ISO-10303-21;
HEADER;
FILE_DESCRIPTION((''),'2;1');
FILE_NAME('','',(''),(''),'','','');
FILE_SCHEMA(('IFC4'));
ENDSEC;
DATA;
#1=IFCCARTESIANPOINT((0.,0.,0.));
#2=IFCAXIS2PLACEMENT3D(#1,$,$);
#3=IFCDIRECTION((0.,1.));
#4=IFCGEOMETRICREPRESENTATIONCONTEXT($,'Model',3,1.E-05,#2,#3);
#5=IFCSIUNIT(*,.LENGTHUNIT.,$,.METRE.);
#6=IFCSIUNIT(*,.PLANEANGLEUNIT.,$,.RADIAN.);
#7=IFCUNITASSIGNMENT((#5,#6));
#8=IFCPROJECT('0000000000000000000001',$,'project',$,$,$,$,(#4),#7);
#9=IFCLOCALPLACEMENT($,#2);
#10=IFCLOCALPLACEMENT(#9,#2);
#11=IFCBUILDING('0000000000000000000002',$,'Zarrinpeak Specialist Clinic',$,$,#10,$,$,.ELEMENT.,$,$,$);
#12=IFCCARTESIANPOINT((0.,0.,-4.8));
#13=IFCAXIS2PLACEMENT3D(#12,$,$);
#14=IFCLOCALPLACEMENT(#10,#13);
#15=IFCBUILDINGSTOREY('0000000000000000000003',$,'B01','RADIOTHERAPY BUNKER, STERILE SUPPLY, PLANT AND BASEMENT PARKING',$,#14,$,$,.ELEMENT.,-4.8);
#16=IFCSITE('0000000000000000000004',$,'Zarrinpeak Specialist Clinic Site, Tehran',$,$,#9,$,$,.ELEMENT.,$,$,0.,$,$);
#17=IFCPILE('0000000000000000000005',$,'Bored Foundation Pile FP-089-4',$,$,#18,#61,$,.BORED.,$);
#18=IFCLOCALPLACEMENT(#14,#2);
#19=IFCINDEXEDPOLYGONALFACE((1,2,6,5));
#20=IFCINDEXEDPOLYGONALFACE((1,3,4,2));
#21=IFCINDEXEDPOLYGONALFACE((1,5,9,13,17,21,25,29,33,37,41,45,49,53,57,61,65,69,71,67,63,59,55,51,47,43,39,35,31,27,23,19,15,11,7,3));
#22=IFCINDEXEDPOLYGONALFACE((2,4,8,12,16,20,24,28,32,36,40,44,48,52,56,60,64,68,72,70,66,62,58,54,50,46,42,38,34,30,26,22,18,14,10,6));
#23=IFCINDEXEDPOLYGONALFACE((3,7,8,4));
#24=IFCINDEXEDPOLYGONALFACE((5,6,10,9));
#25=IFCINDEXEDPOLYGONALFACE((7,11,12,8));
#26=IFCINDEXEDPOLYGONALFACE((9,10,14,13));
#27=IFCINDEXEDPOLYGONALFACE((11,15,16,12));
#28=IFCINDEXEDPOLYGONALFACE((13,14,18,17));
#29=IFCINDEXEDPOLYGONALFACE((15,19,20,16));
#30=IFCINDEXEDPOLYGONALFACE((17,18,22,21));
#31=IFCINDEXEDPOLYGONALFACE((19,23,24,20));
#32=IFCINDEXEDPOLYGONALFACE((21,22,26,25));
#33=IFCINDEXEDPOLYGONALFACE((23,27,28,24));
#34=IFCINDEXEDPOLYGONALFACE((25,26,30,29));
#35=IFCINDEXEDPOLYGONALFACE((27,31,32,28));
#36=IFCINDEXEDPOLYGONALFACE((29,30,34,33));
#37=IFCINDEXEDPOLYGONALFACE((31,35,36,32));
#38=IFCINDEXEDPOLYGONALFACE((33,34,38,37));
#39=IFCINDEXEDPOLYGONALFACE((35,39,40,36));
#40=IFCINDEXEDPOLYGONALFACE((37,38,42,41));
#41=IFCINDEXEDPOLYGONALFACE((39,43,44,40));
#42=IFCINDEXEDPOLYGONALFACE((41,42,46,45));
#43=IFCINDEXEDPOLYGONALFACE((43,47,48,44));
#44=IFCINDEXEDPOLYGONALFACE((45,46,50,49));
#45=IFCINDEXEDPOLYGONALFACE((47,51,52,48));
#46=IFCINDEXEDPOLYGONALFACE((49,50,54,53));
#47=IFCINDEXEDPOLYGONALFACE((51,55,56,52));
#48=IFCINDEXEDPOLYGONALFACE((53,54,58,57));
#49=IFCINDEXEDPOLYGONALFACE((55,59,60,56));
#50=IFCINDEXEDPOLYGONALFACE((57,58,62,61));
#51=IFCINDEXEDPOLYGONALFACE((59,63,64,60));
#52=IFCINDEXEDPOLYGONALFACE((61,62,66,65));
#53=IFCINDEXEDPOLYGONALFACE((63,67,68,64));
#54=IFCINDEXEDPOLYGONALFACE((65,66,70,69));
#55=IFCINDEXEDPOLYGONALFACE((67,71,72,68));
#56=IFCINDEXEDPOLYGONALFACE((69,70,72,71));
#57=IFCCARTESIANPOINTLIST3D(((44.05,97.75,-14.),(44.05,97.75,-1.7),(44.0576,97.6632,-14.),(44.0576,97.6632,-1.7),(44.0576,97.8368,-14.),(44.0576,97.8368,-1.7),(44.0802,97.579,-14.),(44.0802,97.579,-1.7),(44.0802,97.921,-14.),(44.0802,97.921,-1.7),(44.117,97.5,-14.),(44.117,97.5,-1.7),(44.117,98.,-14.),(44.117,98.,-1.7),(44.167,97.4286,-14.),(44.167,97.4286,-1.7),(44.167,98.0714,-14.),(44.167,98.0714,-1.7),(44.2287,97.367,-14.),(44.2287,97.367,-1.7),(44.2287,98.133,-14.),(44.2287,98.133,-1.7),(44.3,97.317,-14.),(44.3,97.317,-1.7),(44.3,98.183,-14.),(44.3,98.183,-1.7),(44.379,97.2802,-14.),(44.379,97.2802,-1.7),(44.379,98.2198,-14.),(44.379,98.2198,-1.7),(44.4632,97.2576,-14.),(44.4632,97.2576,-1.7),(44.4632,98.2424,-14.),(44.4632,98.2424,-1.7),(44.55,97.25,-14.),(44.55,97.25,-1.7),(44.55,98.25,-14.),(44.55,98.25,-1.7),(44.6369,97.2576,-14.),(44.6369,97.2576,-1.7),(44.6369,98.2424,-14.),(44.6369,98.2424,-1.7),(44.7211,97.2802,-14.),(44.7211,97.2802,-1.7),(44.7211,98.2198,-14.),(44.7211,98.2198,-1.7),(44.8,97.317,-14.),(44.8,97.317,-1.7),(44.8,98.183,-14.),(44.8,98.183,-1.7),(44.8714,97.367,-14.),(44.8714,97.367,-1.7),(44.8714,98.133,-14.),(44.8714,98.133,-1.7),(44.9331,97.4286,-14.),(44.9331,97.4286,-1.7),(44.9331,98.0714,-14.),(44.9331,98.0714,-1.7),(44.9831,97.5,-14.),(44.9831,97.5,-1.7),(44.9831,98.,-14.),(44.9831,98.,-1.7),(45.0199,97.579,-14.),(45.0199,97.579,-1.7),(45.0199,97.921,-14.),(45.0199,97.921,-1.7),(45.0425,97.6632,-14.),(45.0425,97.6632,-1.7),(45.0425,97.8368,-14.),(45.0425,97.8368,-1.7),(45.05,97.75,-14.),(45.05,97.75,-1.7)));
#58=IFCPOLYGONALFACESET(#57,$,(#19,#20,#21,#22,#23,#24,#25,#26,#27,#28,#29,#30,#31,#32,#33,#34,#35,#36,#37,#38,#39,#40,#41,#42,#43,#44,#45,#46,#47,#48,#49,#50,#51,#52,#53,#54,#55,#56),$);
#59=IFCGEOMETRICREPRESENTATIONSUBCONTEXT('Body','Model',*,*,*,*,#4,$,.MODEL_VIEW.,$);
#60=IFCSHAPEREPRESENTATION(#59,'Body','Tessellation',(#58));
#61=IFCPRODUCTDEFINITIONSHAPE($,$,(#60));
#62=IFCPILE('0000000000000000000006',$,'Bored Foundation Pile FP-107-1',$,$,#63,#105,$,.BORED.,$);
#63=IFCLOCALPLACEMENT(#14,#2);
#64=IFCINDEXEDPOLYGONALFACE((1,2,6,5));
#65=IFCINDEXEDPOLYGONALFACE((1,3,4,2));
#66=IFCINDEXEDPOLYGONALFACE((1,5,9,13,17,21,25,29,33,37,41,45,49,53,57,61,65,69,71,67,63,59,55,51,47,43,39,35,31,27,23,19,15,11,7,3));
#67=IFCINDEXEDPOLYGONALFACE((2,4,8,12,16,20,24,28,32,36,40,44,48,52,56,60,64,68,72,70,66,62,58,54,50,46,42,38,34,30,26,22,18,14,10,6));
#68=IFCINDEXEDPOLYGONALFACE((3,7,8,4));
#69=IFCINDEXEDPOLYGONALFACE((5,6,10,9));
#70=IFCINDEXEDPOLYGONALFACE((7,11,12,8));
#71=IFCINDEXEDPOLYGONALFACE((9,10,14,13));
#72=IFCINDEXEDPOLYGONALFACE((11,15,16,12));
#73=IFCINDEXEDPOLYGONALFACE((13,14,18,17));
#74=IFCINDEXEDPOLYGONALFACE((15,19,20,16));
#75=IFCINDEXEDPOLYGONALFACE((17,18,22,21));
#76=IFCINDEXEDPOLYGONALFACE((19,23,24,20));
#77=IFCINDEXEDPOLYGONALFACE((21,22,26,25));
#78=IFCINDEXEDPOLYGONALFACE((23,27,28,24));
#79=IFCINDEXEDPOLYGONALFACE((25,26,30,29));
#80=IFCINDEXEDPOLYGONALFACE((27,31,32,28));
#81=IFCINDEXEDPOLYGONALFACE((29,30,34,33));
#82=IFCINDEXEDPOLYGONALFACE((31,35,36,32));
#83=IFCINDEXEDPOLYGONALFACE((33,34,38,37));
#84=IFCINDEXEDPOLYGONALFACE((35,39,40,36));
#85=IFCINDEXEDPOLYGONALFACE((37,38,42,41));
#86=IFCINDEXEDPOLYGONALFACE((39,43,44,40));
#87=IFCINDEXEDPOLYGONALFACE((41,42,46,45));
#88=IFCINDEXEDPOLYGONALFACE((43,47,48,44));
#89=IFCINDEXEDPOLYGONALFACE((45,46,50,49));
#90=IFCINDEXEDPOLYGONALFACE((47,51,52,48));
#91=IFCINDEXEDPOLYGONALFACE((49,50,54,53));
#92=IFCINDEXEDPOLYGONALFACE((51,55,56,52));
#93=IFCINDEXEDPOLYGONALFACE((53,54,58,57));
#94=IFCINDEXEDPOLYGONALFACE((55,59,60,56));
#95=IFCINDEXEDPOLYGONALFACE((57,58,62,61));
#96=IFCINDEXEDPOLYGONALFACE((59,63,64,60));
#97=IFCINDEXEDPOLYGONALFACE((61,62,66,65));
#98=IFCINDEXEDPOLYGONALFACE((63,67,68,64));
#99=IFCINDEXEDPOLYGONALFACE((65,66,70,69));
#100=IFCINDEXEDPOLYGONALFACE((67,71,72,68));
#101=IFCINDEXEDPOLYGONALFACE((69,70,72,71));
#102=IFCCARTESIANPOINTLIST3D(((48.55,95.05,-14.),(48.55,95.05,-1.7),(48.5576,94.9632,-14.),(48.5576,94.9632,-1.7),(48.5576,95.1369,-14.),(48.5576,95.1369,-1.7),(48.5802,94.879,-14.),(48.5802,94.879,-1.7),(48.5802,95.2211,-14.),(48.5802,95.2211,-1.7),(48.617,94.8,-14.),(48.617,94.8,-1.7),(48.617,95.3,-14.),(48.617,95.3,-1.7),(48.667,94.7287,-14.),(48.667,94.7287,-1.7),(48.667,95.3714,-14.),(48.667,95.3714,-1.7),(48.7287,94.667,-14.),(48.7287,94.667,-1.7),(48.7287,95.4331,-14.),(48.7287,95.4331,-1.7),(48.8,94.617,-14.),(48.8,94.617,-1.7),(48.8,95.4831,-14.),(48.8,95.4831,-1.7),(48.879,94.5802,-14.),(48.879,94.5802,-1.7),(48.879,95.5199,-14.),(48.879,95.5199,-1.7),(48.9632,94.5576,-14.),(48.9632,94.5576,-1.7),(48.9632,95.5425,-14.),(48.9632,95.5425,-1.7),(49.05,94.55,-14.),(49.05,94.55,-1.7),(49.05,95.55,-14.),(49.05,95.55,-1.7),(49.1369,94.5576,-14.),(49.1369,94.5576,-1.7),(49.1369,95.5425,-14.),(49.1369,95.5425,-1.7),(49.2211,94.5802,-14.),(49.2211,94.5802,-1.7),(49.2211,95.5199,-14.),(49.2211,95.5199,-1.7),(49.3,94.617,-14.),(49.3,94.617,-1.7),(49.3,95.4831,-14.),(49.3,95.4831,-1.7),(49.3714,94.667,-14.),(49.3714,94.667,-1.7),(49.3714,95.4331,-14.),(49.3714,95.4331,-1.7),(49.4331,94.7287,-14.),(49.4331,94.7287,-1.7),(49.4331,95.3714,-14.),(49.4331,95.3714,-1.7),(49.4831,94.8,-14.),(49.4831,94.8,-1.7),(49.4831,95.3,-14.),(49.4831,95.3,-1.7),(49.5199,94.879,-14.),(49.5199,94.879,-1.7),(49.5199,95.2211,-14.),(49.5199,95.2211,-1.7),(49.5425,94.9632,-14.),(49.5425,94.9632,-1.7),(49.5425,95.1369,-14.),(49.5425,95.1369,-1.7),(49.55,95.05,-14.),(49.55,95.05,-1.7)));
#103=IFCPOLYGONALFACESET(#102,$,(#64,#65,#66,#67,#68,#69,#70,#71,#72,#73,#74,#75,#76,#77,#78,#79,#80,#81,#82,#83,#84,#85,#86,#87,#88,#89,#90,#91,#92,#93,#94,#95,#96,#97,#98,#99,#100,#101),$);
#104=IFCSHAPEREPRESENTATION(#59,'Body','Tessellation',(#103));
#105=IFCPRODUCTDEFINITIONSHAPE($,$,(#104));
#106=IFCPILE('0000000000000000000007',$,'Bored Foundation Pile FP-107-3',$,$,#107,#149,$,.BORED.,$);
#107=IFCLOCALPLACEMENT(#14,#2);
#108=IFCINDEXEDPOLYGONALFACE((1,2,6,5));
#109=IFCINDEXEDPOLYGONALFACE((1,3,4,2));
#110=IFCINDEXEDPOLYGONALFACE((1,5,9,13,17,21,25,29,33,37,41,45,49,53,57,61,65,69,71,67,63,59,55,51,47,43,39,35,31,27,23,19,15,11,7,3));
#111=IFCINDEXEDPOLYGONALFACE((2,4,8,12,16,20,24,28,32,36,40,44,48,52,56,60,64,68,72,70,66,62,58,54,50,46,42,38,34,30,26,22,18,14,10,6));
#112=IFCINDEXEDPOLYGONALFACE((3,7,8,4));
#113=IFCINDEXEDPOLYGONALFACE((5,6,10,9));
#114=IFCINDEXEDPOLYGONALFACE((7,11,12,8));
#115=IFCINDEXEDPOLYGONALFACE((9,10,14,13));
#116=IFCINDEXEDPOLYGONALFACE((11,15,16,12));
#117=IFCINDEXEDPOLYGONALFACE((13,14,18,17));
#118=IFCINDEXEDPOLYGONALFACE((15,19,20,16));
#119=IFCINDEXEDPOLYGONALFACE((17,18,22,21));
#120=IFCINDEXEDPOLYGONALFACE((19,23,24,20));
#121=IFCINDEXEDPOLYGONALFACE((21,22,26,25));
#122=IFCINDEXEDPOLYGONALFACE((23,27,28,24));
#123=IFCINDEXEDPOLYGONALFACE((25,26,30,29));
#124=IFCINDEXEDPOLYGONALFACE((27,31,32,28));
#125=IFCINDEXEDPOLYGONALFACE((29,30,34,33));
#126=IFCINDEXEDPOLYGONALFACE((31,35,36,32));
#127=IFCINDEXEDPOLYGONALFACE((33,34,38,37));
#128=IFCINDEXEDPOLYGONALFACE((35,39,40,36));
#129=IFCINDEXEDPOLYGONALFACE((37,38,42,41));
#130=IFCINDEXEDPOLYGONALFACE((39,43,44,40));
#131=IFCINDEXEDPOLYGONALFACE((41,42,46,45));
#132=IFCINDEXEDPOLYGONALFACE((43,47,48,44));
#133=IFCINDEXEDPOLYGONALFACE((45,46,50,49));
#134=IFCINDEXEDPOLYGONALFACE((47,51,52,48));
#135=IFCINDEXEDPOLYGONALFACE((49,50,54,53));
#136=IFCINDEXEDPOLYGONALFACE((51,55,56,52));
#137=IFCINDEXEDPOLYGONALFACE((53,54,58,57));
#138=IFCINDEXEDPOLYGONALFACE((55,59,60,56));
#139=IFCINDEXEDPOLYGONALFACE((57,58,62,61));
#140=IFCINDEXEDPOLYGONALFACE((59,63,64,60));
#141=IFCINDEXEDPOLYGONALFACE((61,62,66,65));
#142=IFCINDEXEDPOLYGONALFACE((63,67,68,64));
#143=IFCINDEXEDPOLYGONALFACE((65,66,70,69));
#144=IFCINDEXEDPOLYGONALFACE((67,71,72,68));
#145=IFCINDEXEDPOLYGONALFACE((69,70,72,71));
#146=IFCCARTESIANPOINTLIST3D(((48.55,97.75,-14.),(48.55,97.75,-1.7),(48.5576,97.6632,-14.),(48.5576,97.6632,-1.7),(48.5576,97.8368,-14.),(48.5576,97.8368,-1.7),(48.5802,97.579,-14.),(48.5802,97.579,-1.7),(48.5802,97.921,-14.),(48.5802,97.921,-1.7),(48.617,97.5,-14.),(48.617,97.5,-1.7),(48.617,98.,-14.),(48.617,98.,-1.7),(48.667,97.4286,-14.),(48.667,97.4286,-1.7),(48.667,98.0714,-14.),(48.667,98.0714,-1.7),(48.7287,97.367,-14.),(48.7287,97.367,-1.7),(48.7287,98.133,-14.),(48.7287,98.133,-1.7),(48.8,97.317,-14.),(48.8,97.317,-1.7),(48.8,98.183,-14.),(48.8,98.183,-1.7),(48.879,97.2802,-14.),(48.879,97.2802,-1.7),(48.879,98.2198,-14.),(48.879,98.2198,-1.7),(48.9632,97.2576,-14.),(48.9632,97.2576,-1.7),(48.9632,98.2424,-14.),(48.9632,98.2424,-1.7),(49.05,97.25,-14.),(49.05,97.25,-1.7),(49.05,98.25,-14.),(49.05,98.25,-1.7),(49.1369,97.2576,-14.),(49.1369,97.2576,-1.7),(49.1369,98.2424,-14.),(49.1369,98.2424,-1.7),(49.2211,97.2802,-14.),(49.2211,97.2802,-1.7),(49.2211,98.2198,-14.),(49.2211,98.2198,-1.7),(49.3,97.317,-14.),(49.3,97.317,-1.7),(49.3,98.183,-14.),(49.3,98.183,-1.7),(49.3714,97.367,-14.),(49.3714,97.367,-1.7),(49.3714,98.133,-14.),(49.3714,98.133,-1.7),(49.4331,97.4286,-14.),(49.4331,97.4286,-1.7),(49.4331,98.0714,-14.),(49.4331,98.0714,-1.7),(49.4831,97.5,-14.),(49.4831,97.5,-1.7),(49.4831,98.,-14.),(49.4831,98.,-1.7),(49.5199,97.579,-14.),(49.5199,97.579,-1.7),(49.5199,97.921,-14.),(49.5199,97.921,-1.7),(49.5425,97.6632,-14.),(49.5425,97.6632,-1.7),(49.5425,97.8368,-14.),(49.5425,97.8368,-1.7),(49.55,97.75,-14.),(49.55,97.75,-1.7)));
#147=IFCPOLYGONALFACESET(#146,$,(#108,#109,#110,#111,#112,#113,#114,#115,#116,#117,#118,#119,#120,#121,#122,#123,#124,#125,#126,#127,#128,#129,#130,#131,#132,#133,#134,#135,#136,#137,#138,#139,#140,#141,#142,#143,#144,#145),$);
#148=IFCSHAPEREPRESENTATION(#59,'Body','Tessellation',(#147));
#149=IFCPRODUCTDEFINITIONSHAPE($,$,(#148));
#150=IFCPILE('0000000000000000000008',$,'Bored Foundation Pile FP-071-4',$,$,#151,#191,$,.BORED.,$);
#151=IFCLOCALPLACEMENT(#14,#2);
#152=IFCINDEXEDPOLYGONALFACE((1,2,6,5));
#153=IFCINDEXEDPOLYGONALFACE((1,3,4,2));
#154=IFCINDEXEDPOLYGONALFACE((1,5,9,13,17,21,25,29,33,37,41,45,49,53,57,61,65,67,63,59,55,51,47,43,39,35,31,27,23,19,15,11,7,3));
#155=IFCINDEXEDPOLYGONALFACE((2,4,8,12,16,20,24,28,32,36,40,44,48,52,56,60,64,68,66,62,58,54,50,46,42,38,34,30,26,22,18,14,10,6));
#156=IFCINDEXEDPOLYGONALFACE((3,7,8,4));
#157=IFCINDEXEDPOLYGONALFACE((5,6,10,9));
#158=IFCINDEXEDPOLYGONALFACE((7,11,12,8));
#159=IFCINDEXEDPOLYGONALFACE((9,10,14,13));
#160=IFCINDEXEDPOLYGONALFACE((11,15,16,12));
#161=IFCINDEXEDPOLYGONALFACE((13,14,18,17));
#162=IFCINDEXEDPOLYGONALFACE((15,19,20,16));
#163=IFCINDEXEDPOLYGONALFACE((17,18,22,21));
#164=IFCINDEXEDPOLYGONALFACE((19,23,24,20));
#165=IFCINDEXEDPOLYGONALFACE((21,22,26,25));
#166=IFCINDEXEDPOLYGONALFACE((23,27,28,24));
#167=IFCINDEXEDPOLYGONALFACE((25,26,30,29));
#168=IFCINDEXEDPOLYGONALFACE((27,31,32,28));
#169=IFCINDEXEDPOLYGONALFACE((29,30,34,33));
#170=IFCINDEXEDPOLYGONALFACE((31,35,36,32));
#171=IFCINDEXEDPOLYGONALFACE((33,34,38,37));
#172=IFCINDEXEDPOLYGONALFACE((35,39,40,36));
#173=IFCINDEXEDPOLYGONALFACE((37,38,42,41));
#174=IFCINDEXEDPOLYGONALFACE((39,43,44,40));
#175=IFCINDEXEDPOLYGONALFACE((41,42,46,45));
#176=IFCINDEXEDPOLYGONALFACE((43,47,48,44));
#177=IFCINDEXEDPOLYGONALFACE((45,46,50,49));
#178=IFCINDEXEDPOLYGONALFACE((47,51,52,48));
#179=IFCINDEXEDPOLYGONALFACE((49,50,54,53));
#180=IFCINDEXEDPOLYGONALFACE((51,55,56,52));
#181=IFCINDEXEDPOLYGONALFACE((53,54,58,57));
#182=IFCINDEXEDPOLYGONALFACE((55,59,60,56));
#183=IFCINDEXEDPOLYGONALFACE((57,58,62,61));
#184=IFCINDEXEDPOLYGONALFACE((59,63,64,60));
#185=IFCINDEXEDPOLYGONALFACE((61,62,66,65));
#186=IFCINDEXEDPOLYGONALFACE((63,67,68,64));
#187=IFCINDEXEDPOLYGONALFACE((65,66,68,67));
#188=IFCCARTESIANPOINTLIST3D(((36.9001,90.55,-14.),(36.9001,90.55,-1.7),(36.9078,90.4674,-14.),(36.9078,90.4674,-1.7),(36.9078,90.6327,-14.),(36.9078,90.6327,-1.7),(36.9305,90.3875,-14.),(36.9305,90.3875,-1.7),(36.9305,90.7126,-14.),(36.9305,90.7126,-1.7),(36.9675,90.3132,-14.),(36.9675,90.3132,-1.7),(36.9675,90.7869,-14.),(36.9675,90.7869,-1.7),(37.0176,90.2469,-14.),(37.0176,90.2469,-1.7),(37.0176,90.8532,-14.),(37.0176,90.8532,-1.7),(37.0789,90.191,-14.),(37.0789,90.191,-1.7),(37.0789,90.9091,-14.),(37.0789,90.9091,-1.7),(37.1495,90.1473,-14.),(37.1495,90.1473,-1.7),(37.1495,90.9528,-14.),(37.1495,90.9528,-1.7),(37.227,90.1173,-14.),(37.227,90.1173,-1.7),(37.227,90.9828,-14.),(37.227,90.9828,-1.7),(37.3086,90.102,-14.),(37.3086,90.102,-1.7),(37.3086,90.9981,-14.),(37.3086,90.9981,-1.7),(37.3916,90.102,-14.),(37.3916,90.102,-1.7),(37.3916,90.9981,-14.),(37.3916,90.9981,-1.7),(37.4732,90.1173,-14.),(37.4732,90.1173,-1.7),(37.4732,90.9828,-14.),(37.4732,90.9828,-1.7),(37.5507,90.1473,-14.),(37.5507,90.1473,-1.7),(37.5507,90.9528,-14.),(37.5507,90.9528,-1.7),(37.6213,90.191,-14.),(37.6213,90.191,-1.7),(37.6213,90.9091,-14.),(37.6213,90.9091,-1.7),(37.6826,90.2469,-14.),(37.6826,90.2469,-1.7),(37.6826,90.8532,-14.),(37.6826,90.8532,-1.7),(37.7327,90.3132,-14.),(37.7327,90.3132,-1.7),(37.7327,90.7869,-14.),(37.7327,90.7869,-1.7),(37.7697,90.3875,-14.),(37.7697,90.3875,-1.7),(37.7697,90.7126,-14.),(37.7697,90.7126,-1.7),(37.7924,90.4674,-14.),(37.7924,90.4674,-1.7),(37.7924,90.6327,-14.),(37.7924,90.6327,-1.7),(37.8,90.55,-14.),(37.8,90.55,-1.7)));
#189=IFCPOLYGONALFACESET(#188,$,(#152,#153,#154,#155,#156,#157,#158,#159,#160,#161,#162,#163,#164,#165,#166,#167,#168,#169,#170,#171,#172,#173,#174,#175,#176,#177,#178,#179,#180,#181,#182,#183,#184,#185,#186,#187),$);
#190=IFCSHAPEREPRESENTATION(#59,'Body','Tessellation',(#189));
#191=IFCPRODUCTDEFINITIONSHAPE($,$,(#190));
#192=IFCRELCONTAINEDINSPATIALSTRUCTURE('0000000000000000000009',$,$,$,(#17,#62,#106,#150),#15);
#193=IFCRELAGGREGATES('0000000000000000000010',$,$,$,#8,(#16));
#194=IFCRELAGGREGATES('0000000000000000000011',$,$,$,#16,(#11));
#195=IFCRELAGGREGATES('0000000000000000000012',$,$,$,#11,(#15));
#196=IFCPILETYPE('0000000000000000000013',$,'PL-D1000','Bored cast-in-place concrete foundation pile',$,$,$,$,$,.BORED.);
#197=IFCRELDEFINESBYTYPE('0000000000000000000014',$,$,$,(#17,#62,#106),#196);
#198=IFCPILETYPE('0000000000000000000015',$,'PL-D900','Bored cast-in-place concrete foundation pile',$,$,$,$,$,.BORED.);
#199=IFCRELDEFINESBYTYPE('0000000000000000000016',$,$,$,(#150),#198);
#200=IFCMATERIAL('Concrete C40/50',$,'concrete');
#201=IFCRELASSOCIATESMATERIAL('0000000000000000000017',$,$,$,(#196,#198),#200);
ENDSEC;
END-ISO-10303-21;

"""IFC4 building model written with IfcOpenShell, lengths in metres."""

from ifc_helpers import new_model, si_unit, direction, frame, origin, origin_2d, place, context, subcontext, project, spatial, circle, extrude, material, material_profile, profile_set, type_object, element, save


model = new_model("IFC4")

# Units and contexts
model_context = context("Model", 3, precision=1e-05, world=origin(), true_north=direction((0.0, 1.0)))
body_context = subcontext(model_context, "Body", "Model", "MODEL_VIEW")
ifc_project = project(units=[si_unit("LENGTHUNIT", "METRE"), si_unit("PLANEANGLEUNIT", "RADIAN")], contexts=[model_context])

# Site, building, storey
site_placement = place(None, origin())
site = spatial("IfcSite", under=ifc_project, at=site_placement, Name="Zarrinpeak Specialist Clinic Site, Tehran", CompositionType="ELEMENT", RefElevation=0.0)
building_placement = place(site_placement, origin())
building = spatial("IfcBuilding", under=site, at=building_placement, Name="Zarrinpeak Specialist Clinic", CompositionType="ELEMENT")
storey_placement = place(building_placement, frame((0.0, 0.0, -4.8)))
storey = spatial("IfcBuildingStorey", under=building, at=storey_placement, Name="B01", Description="RADIOTHERAPY BUNKER, STERILE SUPPLY, PLANT AND BASEMENT PARKING", CompositionType="ELEMENT", Elevation=-4.8)

# Shared definitions
ifc_material_1 = material(Name="Concrete C40/50", Category="concrete")

# Piles
ifc_material_profile_1 = material_profile(ifc_material_1, circle(Radius=0.5, at=origin_2d()), Name="BORED PILE D1000")
ifc_profile_set_1 = profile_set([ifc_material_profile_1], Name="Concrete C40/50")
pile_type_1 = type_object("IfcPileType", Name="PL-D1000", Description="Bored cast-in-place concrete foundation pile", PredefinedType="BORED", material=ifc_profile_set_1)
for number, where, z_axis, x_axis, name in (
    (1, (44.55, 97.75, -1.7), (0.0, 0.0, -1.0), (1.0, 0.0, 0.0), "Bored Foundation Pile FP-089-4"),
    (2, (49.05, 95.05, -1.7), (0.0, 0.0, -1.0), (1.0, 0.0, 0.0), "Bored Foundation Pile FP-107-1"),
    (3, (49.05, 97.75, -1.7), (0.0, 0.0, -1.0), (1.0, 0.0, 0.0), "Bored Foundation Pile FP-107-3"),
):
    element("IfcPile", number, at=place(storey_placement, frame(where, z_axis=z_axis, x_axis=x_axis)), inside=storey, type_object=pile_type_1, Name=name, PredefinedType="BORED", context=body_context, shape_type="SweptSolid", body=[
        extrude(circle(Radius=0.5, at=origin_2d()), origin(), (0.0, 0.0, 1.0), 12.3),
    ])
ifc_material_profile_2 = material_profile(ifc_material_1, circle(Radius=0.45, at=origin_2d()), Name="BORED PILE D900")
ifc_profile_set_2 = profile_set([ifc_material_profile_2], Name="Concrete C40/50")
pile_type_2 = type_object("IfcPileType", Name="PL-D900", Description="Bored cast-in-place concrete foundation pile", PredefinedType="BORED", material=ifc_profile_set_2)
for number, where, z_axis, x_axis, name in (
    (4, (37.3501, 90.55, -1.7), (0.0, 0.0, -1.0), (1.0, 0.0, 0.0), "Bored Foundation Pile FP-071-4"),
):
    element("IfcPile", number, at=place(storey_placement, frame(where, z_axis=z_axis, x_axis=x_axis)), inside=storey, type_object=pile_type_2, Name=name, PredefinedType="BORED", context=body_context, shape_type="SweptSolid", body=[
        extrude(circle(Radius=0.45, at=origin_2d()), origin(), (0.0, 0.0, 1.0), 12.3),
    ])

save(model, "model.ifc")
